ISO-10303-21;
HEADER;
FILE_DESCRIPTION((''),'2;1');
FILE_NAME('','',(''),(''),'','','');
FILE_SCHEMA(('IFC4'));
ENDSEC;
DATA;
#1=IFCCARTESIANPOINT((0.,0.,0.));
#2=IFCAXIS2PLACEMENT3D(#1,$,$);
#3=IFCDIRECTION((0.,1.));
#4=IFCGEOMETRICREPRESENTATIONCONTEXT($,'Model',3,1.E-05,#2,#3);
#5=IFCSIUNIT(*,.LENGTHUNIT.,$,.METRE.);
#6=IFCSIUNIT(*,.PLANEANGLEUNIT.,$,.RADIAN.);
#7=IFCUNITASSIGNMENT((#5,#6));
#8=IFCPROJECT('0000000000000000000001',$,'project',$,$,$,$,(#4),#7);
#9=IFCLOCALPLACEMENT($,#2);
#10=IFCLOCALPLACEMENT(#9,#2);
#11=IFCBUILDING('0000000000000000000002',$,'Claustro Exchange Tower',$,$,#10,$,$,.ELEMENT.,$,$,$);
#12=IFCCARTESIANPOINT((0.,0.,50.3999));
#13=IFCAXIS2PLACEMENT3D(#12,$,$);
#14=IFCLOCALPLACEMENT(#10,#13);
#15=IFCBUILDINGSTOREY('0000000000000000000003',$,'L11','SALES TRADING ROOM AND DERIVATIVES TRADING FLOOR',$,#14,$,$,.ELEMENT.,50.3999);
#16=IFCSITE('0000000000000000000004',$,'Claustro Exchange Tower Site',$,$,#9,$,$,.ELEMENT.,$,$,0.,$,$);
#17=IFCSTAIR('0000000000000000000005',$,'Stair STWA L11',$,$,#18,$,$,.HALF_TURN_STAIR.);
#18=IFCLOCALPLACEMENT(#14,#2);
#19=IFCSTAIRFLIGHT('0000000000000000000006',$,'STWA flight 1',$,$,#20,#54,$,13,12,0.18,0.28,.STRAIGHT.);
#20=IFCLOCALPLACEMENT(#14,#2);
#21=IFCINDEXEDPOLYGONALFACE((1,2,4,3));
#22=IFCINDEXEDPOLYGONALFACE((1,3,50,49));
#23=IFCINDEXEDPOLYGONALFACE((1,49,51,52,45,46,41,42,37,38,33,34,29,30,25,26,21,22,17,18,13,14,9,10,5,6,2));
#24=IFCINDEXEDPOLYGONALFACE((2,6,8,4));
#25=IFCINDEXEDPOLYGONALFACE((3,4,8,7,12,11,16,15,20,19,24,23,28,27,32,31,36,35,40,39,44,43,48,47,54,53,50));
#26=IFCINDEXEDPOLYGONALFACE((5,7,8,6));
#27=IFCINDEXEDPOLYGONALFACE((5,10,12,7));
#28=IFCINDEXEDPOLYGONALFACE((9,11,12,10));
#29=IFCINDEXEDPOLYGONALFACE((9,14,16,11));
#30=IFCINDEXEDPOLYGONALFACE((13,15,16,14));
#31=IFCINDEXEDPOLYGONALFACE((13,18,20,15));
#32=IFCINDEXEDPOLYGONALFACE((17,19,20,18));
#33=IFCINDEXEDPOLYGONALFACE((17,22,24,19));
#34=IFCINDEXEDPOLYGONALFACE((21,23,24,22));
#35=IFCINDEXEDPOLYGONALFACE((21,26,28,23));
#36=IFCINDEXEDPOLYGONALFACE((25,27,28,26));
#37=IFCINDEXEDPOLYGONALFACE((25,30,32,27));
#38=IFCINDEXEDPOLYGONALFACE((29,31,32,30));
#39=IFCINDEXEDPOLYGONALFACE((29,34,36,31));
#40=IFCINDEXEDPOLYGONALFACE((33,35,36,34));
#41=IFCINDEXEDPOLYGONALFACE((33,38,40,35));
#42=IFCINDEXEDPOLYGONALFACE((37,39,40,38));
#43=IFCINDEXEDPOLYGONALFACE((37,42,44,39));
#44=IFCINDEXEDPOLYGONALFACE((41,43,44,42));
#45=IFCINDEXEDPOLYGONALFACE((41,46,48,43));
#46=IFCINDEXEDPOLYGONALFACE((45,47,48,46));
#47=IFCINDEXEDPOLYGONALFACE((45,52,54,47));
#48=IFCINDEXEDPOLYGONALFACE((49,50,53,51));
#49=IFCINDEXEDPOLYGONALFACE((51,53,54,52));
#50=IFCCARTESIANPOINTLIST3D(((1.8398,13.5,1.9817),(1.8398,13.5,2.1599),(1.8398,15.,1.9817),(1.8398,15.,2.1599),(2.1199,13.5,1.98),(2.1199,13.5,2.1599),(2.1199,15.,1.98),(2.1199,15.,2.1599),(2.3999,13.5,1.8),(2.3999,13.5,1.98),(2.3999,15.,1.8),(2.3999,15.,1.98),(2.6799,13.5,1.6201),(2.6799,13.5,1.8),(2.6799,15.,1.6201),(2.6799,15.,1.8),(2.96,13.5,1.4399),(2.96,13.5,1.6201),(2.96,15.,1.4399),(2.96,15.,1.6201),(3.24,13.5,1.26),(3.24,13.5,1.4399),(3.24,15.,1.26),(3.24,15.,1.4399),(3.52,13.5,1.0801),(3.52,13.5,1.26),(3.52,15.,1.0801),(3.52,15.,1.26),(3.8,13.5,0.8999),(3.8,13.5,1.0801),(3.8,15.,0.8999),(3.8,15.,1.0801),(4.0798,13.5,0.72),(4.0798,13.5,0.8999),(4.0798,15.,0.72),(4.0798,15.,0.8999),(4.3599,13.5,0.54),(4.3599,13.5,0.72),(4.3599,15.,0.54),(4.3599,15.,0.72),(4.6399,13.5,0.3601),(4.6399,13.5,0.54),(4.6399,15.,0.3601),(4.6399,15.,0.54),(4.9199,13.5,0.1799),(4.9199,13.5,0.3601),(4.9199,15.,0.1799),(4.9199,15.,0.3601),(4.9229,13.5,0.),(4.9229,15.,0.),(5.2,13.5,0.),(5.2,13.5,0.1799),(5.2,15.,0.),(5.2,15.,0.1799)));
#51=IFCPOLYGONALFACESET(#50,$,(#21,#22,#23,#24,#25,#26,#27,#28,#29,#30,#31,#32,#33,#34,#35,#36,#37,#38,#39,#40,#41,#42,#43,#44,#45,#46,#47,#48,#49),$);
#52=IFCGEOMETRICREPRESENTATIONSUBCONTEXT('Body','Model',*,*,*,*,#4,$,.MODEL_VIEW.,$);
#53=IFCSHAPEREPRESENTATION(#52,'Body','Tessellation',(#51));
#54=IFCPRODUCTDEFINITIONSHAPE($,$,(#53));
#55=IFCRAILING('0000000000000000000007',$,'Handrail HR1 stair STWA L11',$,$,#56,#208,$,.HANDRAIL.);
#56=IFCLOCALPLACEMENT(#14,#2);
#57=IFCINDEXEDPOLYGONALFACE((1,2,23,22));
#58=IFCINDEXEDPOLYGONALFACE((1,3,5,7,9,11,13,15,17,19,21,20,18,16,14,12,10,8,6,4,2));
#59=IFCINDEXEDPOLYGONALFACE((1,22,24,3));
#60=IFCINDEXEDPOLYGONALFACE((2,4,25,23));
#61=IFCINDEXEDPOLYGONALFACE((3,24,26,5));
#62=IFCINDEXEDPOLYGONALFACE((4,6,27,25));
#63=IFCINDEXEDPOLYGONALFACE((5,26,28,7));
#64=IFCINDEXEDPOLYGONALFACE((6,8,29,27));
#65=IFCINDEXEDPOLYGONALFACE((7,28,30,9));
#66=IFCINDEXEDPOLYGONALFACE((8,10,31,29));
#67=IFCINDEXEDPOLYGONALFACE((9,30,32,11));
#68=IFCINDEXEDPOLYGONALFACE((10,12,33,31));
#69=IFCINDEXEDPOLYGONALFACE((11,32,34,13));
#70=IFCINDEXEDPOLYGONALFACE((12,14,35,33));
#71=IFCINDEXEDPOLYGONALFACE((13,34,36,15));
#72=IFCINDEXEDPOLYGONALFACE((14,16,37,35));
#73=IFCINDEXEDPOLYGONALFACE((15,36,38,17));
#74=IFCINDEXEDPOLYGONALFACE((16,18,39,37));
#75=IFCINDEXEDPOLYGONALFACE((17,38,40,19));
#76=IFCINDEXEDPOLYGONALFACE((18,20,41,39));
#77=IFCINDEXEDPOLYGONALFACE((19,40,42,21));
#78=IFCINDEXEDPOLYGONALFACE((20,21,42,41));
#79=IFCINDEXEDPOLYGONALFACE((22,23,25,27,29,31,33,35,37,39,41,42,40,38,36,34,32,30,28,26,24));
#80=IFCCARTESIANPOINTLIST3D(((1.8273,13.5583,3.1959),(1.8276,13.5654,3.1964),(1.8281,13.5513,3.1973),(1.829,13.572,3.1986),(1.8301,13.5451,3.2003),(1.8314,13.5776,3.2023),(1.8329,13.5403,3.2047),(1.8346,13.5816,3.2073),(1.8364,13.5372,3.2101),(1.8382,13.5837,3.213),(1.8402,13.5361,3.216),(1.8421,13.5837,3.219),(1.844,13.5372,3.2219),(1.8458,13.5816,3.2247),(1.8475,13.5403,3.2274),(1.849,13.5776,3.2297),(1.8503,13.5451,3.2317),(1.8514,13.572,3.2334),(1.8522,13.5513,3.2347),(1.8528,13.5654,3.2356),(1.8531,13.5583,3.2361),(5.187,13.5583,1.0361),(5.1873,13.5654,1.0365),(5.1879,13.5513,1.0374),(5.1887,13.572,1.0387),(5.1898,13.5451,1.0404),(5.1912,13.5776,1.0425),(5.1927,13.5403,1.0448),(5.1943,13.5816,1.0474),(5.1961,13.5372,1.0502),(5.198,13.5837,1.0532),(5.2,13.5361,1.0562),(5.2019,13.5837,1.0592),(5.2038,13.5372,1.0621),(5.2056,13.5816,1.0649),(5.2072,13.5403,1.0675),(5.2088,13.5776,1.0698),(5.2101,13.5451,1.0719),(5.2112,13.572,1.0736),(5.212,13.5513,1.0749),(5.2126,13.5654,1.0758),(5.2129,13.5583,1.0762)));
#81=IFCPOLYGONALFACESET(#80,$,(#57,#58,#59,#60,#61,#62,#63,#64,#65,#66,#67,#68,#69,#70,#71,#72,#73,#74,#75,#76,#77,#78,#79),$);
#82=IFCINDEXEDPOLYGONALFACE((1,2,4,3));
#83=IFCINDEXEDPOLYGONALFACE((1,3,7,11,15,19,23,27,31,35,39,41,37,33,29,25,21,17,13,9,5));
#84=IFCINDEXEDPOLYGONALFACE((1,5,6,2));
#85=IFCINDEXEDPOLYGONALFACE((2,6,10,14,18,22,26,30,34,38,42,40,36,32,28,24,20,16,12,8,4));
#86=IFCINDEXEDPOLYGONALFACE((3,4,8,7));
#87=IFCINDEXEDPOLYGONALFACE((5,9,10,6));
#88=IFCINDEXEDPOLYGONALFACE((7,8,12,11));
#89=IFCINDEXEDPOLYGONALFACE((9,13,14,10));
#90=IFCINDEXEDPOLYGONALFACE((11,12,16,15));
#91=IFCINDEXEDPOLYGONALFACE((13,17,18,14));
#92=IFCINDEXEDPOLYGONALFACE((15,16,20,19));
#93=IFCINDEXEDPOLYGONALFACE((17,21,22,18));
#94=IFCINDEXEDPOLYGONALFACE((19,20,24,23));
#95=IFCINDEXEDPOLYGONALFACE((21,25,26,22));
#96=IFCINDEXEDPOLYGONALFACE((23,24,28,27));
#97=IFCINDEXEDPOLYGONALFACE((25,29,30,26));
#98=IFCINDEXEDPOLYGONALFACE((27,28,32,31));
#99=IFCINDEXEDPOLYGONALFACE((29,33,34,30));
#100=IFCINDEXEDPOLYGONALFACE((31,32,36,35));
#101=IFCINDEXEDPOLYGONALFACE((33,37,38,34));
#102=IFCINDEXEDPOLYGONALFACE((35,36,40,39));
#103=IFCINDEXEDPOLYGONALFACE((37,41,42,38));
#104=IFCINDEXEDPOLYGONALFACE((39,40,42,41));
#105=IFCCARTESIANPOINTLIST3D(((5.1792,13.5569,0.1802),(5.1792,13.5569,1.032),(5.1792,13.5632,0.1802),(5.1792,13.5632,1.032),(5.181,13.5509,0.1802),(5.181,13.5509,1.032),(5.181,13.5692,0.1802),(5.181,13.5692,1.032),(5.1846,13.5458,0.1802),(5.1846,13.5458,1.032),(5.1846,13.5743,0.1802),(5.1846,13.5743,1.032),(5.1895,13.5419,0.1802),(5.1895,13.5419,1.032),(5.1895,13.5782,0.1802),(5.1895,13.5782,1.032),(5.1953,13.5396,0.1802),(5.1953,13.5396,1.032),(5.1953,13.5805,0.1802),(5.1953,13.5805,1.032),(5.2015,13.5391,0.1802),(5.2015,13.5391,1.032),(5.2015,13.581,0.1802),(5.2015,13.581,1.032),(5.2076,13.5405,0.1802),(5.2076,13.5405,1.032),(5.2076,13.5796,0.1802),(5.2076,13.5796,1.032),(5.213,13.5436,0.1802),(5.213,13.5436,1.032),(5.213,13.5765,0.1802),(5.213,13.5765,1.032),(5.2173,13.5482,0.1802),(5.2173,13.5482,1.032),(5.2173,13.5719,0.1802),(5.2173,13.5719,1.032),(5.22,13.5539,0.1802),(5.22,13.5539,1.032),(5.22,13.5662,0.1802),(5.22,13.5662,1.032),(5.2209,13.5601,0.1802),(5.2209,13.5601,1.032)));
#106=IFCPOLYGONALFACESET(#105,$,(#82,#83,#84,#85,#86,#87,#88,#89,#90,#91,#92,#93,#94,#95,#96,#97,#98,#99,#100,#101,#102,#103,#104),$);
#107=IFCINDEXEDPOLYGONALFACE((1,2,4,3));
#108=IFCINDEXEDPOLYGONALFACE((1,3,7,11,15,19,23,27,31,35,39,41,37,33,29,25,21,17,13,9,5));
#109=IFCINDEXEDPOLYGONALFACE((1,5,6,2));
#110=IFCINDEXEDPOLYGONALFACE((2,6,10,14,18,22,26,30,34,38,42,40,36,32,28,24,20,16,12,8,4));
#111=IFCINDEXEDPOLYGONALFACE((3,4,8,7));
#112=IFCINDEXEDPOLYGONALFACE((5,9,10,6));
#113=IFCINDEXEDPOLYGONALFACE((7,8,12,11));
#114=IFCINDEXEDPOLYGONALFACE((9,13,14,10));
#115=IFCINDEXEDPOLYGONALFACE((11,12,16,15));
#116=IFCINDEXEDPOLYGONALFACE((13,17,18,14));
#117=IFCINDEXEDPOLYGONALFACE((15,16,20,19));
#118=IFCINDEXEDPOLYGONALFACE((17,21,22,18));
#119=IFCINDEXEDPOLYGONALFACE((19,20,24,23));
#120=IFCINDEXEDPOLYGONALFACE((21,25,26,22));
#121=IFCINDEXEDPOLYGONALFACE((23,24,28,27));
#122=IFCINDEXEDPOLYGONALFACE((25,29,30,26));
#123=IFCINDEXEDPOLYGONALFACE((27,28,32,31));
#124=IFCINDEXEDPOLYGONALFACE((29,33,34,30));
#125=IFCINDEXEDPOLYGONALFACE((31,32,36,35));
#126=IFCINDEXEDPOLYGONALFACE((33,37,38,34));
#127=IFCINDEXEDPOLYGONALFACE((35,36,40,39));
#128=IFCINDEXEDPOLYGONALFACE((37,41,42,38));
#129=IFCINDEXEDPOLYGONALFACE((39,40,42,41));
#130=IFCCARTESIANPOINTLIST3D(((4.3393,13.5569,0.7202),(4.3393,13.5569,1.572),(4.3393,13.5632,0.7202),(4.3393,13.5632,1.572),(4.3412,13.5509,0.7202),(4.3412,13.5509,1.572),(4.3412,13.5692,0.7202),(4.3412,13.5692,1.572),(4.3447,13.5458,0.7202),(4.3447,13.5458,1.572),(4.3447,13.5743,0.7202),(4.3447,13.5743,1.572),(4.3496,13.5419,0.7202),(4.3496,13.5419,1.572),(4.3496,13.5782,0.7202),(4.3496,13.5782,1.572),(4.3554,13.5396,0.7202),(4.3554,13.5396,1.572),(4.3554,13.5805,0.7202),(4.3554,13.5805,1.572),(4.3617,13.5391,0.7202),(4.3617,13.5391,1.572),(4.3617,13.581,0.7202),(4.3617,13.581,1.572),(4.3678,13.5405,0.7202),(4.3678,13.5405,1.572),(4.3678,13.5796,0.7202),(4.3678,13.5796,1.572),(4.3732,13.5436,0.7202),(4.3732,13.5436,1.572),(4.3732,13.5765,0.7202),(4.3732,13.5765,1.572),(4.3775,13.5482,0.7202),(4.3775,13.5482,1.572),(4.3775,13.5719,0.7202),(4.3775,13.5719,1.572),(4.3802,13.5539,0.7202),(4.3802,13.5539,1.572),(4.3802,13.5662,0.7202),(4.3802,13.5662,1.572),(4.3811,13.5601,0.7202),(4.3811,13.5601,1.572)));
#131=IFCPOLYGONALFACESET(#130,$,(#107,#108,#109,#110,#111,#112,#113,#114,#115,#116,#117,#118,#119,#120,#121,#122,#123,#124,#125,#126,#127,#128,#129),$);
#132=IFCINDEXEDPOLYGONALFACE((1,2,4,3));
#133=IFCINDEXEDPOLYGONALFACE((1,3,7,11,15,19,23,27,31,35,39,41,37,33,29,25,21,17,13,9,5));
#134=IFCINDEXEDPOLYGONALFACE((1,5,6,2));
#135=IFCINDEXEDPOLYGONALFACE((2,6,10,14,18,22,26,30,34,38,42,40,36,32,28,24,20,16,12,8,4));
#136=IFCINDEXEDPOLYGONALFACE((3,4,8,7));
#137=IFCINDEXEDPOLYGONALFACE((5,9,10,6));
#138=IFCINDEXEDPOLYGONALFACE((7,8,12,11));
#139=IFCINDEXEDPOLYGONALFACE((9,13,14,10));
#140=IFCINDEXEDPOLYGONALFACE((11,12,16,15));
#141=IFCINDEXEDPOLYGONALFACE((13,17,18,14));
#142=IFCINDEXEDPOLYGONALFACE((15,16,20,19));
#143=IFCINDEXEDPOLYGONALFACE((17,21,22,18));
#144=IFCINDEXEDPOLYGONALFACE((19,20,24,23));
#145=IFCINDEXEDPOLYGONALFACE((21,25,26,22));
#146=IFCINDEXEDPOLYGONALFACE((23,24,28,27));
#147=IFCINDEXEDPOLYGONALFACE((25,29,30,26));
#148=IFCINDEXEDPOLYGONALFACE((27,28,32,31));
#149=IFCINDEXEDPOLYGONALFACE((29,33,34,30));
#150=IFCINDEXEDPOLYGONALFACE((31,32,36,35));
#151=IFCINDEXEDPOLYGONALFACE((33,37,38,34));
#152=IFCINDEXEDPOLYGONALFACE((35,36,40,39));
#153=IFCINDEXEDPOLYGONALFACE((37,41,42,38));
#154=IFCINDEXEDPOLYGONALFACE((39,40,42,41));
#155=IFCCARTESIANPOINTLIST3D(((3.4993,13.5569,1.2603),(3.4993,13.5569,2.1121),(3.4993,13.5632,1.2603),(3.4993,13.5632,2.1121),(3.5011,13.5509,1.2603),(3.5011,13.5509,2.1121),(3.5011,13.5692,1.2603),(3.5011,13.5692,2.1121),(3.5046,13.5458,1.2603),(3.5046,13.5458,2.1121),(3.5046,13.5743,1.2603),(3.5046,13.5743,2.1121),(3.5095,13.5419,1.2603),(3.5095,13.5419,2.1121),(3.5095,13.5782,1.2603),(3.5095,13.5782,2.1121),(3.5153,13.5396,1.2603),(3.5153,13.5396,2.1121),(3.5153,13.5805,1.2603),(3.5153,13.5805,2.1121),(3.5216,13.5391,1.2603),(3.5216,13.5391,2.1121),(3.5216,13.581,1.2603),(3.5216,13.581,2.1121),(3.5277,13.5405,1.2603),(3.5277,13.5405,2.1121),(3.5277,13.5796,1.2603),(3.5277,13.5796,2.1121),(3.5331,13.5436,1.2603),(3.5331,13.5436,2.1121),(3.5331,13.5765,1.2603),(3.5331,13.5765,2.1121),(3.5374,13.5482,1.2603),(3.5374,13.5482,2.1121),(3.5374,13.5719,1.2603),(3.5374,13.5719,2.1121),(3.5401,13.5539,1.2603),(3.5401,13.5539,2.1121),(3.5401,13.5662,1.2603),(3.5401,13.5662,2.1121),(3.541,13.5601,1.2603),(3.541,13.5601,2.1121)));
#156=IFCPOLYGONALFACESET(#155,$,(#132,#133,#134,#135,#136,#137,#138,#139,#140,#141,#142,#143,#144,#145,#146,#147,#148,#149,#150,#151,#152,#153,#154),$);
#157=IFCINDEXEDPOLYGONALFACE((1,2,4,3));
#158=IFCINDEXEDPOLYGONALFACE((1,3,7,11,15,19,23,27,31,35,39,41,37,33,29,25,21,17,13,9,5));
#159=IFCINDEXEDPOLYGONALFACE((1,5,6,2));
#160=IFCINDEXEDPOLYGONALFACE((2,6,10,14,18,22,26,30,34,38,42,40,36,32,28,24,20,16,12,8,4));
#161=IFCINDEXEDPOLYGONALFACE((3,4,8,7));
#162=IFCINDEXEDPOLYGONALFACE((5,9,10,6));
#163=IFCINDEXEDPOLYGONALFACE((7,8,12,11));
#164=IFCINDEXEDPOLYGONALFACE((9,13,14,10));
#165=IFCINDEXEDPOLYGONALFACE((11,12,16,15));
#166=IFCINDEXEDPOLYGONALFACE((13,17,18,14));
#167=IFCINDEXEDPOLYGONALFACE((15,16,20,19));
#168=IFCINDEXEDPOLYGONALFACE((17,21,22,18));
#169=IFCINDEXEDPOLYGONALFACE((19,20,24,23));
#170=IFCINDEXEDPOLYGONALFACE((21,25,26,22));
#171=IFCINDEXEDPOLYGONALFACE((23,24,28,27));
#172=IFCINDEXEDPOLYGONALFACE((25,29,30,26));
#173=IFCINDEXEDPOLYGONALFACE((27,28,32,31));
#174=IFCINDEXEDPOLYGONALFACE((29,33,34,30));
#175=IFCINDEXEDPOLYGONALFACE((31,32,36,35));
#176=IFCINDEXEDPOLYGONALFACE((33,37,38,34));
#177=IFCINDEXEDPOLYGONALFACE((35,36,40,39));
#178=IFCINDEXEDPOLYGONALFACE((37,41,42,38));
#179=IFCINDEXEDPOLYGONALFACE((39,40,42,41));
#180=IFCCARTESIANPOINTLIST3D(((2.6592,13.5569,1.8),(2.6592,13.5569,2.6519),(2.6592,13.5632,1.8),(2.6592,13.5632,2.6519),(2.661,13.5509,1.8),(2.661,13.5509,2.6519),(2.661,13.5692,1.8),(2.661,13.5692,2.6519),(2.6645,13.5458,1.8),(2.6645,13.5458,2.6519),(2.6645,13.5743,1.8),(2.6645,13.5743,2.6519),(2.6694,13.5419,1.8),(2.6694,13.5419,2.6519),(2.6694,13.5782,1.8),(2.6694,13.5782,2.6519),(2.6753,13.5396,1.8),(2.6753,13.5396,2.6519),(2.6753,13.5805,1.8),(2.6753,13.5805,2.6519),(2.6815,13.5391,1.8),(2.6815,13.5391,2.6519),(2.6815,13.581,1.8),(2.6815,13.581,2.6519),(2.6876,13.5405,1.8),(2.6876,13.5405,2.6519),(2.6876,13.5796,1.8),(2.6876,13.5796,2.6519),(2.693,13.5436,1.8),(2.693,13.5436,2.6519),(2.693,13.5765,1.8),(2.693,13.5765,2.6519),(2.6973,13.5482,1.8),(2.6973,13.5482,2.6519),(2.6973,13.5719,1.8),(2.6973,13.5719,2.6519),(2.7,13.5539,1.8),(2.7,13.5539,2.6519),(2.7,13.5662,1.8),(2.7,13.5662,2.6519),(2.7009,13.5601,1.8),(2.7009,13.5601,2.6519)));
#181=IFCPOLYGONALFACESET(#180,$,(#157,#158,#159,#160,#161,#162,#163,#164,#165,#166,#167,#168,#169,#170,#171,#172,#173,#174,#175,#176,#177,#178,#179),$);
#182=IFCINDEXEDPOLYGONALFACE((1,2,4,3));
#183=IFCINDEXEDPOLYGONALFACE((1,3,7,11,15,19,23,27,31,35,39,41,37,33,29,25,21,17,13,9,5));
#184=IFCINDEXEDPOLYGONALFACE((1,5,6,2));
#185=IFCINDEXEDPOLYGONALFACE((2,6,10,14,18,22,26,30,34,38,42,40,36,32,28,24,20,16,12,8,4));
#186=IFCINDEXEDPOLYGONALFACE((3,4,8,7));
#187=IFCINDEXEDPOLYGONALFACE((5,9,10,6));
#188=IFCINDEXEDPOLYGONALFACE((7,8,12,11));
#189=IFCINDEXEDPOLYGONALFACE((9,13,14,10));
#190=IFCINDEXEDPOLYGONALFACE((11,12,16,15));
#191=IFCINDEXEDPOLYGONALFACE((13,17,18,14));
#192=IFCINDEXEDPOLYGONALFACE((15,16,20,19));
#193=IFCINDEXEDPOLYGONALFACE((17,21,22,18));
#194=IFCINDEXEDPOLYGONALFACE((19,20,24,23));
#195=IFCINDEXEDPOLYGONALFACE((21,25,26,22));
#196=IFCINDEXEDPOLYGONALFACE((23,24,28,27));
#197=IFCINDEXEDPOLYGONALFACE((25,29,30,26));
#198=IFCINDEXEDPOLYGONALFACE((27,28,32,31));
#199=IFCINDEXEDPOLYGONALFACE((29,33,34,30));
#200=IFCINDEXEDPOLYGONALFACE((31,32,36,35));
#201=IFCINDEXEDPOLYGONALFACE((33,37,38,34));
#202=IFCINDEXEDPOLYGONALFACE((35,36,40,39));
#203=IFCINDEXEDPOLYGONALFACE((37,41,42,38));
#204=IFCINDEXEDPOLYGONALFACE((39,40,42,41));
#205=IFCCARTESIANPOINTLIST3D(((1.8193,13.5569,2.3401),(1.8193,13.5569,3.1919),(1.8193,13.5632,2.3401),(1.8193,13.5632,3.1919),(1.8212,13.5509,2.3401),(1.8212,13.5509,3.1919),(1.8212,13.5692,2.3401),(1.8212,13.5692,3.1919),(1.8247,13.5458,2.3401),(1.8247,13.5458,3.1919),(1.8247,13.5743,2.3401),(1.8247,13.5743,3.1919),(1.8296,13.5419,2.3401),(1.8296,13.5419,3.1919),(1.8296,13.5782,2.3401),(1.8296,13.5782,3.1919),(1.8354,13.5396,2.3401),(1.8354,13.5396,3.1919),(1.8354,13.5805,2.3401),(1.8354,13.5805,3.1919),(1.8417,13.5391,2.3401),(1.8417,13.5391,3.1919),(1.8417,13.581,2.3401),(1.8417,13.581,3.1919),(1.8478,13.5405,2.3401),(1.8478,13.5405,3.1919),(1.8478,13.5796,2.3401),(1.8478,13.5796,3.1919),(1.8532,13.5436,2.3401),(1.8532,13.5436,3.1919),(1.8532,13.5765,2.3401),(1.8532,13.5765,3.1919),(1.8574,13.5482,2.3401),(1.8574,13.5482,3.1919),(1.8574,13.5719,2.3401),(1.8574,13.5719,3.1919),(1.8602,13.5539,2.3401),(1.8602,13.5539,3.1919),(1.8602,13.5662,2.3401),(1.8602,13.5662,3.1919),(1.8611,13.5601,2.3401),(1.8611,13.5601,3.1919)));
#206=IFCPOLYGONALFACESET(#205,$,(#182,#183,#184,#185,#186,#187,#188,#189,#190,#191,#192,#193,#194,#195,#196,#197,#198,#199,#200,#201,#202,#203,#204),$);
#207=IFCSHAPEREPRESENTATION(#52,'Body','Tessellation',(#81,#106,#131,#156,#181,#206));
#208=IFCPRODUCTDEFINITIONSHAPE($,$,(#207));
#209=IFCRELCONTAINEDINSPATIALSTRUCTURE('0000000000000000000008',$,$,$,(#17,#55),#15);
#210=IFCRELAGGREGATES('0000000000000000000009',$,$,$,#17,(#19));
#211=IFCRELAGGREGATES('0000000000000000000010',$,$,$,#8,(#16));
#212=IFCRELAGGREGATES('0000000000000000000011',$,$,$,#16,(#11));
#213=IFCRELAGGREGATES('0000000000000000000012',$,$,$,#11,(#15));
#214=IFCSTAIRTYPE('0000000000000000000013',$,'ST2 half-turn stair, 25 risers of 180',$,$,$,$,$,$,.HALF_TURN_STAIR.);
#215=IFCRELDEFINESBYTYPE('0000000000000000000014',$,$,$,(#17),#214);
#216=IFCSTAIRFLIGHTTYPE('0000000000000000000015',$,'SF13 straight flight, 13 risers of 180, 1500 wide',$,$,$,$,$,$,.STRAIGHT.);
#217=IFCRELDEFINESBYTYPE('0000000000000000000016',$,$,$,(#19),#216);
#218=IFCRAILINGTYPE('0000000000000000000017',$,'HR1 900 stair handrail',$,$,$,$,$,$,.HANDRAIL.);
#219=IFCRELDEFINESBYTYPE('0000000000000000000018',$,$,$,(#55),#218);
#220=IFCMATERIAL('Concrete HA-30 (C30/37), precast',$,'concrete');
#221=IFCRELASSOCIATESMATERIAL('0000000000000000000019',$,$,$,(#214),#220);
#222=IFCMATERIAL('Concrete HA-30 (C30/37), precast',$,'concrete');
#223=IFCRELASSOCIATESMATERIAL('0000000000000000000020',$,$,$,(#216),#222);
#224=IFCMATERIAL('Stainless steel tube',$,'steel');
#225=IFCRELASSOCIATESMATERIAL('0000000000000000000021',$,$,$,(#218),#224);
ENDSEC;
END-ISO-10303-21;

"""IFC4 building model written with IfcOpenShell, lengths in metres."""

from ifc_helpers import new_model, si_unit, direction, frame, origin, origin_2d, place, context, subcontext, project, spatial, polyline, circle, outline, extrude, material, type_object, element, aggregate, save


model = new_model("IFC4")

# Units and contexts
model_context = context("Model", 3, precision=1e-05, world=origin(), true_north=direction((0.0, 1.0)))
body_context = subcontext(model_context, "Body", "Model", "MODEL_VIEW")
ifc_project = project(units=[si_unit("LENGTHUNIT", "METRE"), si_unit("PLANEANGLEUNIT", "RADIAN")], contexts=[model_context])

# Site, building, storey
site_placement = place(None, origin())
site = spatial("IfcSite", under=ifc_project, at=site_placement, Name="Claustro Exchange Tower Site", CompositionType="ELEMENT", RefElevation=0.0)
building_placement = place(site_placement, origin())
building = spatial("IfcBuilding", under=site, at=building_placement, Name="Claustro Exchange Tower", CompositionType="ELEMENT")
storey_placement = place(building_placement, frame((0.0, 0.0, 50.3999)))
storey = spatial("IfcBuildingStorey", under=building, at=storey_placement, Name="L11", Description="SALES TRADING ROOM AND DERIVATIVES TRADING FLOOR", CompositionType="ELEMENT", Elevation=50.3999)

# Stair, stair flight
ifc_material_1 = material(Name="Concrete HA-30 (C30/37), precast", Category="concrete")
stair_type = type_object("IfcStairType", Name="ST2 half-turn stair, 25 risers of 180", PredefinedType="HALF_TURN_STAIR", material=ifc_material_1)
stair_placement = place(storey_placement, origin())
stair = element("IfcStair", 1, at=stair_placement, inside=storey, type_object=stair_type, Name="Stair STWA L11", PredefinedType="HALF_TURN_STAIR")
ifc_material_2 = material(Name="Concrete HA-30 (C30/37), precast", Category="concrete")
stair_flight_type = type_object("IfcStairFlightType", Name="SF13 straight flight, 13 risers of 180, 1500 wide", PredefinedType="STRAIGHT", material=ifc_material_2)
stair_flight_placement = place(storey_placement, frame((5.2, 14.25, 0.0), z_axis=(0.0, 0.0, 1.0), x_axis=(-1.0, 0.0, 0.0)))
stair_flight = element("IfcStairFlight", 2, at=stair_flight_placement, type_object=stair_flight_type, Name="STWA flight 1", NumberOfRisers=13, NumberOfTreads=12, PredefinedType="STRAIGHT", RiserHeight=0.18, TreadLength=0.28, context=body_context, shape_type="SweptSolid", body=[
    extrude(outline(polyline([(0.0, 0.0), (0.0, 0.1799), (0.28, 0.1799), (0.28, 0.3601), (0.5601, 0.3601), (0.5601, 0.54), (0.8401, 0.54), (0.8401, 0.72), (1.1201, 0.72), (1.1201, 0.8999), (1.3999, 0.8999), (1.3999, 1.0801), (1.6799, 1.0801), (1.6799, 1.26), (1.96, 1.26), (1.96, 1.4399), (2.24, 1.4399), (2.24, 1.6201), (2.52, 1.6201), (2.52, 1.8), (2.8, 1.8), (2.8, 1.98), (3.0801, 1.98), (3.0801, 2.1599), (3.3601, 2.1599), (3.3601, 2.3401), (3.3601, 1.9817), (0.2771, 0.0), (0.0, 0.0)])), frame((0.0, 0.75, 0.0), z_axis=(0.0, -1.0, 0.0), x_axis=(1.0, 0.0, 0.0)), (0.0, 0.0, 1.0), 1.5),
])
aggregate(stair, [stair_flight])

# Railing
ifc_material_3 = material(Name="Stainless steel tube", Category="steel")
railing_type_1 = type_object("IfcRailingType", Name="HR1 900 stair handrail", PredefinedType="HANDRAIL", material=ifc_material_3)
railing_1_placement = place(storey_placement, frame((5.2, 13.5601, 0.1802)))
element("IfcRailing", 3, at=railing_1_placement, inside=storey, type_object=railing_type_1, Name="Handrail HR1 stair STWA L11", PredefinedType="HANDRAIL", context=body_context, shape_type="SweptSolid", body=[
    extrude(circle(Radius=0.0239, at=origin_2d()), frame((0.0, 0.0, 0.876), z_axis=(-0.841178, 0.0, 0.540758), x_axis=(0.0, -1.0, 0.0)), (0.0, 0.0, 1.0), 3.9941),
    extrude(circle(Radius=0.021, at=origin_2d()), origin(), (0.0, 0.0, 1.0), 0.8518),
    extrude(circle(Radius=0.021, at=origin_2d()), frame((-0.8398, 0.0, 0.54)), (0.0, 0.0, 1.0), 0.8518),
    extrude(circle(Radius=0.021, at=origin_2d()), frame((-1.6799, 0.0, 1.0801)), (0.0, 0.0, 1.0), 0.8518),
    extrude(circle(Radius=0.021, at=origin_2d()), frame((-2.52, 0.0, 1.6199)), (0.0, 0.0, 1.0), 0.8518),
    extrude(circle(Radius=0.021, at=origin_2d()), frame((-3.3599, 0.0, 2.1599)), (0.0, 0.0, 1.0), 0.8518),
])

save(model, "model.ifc")
